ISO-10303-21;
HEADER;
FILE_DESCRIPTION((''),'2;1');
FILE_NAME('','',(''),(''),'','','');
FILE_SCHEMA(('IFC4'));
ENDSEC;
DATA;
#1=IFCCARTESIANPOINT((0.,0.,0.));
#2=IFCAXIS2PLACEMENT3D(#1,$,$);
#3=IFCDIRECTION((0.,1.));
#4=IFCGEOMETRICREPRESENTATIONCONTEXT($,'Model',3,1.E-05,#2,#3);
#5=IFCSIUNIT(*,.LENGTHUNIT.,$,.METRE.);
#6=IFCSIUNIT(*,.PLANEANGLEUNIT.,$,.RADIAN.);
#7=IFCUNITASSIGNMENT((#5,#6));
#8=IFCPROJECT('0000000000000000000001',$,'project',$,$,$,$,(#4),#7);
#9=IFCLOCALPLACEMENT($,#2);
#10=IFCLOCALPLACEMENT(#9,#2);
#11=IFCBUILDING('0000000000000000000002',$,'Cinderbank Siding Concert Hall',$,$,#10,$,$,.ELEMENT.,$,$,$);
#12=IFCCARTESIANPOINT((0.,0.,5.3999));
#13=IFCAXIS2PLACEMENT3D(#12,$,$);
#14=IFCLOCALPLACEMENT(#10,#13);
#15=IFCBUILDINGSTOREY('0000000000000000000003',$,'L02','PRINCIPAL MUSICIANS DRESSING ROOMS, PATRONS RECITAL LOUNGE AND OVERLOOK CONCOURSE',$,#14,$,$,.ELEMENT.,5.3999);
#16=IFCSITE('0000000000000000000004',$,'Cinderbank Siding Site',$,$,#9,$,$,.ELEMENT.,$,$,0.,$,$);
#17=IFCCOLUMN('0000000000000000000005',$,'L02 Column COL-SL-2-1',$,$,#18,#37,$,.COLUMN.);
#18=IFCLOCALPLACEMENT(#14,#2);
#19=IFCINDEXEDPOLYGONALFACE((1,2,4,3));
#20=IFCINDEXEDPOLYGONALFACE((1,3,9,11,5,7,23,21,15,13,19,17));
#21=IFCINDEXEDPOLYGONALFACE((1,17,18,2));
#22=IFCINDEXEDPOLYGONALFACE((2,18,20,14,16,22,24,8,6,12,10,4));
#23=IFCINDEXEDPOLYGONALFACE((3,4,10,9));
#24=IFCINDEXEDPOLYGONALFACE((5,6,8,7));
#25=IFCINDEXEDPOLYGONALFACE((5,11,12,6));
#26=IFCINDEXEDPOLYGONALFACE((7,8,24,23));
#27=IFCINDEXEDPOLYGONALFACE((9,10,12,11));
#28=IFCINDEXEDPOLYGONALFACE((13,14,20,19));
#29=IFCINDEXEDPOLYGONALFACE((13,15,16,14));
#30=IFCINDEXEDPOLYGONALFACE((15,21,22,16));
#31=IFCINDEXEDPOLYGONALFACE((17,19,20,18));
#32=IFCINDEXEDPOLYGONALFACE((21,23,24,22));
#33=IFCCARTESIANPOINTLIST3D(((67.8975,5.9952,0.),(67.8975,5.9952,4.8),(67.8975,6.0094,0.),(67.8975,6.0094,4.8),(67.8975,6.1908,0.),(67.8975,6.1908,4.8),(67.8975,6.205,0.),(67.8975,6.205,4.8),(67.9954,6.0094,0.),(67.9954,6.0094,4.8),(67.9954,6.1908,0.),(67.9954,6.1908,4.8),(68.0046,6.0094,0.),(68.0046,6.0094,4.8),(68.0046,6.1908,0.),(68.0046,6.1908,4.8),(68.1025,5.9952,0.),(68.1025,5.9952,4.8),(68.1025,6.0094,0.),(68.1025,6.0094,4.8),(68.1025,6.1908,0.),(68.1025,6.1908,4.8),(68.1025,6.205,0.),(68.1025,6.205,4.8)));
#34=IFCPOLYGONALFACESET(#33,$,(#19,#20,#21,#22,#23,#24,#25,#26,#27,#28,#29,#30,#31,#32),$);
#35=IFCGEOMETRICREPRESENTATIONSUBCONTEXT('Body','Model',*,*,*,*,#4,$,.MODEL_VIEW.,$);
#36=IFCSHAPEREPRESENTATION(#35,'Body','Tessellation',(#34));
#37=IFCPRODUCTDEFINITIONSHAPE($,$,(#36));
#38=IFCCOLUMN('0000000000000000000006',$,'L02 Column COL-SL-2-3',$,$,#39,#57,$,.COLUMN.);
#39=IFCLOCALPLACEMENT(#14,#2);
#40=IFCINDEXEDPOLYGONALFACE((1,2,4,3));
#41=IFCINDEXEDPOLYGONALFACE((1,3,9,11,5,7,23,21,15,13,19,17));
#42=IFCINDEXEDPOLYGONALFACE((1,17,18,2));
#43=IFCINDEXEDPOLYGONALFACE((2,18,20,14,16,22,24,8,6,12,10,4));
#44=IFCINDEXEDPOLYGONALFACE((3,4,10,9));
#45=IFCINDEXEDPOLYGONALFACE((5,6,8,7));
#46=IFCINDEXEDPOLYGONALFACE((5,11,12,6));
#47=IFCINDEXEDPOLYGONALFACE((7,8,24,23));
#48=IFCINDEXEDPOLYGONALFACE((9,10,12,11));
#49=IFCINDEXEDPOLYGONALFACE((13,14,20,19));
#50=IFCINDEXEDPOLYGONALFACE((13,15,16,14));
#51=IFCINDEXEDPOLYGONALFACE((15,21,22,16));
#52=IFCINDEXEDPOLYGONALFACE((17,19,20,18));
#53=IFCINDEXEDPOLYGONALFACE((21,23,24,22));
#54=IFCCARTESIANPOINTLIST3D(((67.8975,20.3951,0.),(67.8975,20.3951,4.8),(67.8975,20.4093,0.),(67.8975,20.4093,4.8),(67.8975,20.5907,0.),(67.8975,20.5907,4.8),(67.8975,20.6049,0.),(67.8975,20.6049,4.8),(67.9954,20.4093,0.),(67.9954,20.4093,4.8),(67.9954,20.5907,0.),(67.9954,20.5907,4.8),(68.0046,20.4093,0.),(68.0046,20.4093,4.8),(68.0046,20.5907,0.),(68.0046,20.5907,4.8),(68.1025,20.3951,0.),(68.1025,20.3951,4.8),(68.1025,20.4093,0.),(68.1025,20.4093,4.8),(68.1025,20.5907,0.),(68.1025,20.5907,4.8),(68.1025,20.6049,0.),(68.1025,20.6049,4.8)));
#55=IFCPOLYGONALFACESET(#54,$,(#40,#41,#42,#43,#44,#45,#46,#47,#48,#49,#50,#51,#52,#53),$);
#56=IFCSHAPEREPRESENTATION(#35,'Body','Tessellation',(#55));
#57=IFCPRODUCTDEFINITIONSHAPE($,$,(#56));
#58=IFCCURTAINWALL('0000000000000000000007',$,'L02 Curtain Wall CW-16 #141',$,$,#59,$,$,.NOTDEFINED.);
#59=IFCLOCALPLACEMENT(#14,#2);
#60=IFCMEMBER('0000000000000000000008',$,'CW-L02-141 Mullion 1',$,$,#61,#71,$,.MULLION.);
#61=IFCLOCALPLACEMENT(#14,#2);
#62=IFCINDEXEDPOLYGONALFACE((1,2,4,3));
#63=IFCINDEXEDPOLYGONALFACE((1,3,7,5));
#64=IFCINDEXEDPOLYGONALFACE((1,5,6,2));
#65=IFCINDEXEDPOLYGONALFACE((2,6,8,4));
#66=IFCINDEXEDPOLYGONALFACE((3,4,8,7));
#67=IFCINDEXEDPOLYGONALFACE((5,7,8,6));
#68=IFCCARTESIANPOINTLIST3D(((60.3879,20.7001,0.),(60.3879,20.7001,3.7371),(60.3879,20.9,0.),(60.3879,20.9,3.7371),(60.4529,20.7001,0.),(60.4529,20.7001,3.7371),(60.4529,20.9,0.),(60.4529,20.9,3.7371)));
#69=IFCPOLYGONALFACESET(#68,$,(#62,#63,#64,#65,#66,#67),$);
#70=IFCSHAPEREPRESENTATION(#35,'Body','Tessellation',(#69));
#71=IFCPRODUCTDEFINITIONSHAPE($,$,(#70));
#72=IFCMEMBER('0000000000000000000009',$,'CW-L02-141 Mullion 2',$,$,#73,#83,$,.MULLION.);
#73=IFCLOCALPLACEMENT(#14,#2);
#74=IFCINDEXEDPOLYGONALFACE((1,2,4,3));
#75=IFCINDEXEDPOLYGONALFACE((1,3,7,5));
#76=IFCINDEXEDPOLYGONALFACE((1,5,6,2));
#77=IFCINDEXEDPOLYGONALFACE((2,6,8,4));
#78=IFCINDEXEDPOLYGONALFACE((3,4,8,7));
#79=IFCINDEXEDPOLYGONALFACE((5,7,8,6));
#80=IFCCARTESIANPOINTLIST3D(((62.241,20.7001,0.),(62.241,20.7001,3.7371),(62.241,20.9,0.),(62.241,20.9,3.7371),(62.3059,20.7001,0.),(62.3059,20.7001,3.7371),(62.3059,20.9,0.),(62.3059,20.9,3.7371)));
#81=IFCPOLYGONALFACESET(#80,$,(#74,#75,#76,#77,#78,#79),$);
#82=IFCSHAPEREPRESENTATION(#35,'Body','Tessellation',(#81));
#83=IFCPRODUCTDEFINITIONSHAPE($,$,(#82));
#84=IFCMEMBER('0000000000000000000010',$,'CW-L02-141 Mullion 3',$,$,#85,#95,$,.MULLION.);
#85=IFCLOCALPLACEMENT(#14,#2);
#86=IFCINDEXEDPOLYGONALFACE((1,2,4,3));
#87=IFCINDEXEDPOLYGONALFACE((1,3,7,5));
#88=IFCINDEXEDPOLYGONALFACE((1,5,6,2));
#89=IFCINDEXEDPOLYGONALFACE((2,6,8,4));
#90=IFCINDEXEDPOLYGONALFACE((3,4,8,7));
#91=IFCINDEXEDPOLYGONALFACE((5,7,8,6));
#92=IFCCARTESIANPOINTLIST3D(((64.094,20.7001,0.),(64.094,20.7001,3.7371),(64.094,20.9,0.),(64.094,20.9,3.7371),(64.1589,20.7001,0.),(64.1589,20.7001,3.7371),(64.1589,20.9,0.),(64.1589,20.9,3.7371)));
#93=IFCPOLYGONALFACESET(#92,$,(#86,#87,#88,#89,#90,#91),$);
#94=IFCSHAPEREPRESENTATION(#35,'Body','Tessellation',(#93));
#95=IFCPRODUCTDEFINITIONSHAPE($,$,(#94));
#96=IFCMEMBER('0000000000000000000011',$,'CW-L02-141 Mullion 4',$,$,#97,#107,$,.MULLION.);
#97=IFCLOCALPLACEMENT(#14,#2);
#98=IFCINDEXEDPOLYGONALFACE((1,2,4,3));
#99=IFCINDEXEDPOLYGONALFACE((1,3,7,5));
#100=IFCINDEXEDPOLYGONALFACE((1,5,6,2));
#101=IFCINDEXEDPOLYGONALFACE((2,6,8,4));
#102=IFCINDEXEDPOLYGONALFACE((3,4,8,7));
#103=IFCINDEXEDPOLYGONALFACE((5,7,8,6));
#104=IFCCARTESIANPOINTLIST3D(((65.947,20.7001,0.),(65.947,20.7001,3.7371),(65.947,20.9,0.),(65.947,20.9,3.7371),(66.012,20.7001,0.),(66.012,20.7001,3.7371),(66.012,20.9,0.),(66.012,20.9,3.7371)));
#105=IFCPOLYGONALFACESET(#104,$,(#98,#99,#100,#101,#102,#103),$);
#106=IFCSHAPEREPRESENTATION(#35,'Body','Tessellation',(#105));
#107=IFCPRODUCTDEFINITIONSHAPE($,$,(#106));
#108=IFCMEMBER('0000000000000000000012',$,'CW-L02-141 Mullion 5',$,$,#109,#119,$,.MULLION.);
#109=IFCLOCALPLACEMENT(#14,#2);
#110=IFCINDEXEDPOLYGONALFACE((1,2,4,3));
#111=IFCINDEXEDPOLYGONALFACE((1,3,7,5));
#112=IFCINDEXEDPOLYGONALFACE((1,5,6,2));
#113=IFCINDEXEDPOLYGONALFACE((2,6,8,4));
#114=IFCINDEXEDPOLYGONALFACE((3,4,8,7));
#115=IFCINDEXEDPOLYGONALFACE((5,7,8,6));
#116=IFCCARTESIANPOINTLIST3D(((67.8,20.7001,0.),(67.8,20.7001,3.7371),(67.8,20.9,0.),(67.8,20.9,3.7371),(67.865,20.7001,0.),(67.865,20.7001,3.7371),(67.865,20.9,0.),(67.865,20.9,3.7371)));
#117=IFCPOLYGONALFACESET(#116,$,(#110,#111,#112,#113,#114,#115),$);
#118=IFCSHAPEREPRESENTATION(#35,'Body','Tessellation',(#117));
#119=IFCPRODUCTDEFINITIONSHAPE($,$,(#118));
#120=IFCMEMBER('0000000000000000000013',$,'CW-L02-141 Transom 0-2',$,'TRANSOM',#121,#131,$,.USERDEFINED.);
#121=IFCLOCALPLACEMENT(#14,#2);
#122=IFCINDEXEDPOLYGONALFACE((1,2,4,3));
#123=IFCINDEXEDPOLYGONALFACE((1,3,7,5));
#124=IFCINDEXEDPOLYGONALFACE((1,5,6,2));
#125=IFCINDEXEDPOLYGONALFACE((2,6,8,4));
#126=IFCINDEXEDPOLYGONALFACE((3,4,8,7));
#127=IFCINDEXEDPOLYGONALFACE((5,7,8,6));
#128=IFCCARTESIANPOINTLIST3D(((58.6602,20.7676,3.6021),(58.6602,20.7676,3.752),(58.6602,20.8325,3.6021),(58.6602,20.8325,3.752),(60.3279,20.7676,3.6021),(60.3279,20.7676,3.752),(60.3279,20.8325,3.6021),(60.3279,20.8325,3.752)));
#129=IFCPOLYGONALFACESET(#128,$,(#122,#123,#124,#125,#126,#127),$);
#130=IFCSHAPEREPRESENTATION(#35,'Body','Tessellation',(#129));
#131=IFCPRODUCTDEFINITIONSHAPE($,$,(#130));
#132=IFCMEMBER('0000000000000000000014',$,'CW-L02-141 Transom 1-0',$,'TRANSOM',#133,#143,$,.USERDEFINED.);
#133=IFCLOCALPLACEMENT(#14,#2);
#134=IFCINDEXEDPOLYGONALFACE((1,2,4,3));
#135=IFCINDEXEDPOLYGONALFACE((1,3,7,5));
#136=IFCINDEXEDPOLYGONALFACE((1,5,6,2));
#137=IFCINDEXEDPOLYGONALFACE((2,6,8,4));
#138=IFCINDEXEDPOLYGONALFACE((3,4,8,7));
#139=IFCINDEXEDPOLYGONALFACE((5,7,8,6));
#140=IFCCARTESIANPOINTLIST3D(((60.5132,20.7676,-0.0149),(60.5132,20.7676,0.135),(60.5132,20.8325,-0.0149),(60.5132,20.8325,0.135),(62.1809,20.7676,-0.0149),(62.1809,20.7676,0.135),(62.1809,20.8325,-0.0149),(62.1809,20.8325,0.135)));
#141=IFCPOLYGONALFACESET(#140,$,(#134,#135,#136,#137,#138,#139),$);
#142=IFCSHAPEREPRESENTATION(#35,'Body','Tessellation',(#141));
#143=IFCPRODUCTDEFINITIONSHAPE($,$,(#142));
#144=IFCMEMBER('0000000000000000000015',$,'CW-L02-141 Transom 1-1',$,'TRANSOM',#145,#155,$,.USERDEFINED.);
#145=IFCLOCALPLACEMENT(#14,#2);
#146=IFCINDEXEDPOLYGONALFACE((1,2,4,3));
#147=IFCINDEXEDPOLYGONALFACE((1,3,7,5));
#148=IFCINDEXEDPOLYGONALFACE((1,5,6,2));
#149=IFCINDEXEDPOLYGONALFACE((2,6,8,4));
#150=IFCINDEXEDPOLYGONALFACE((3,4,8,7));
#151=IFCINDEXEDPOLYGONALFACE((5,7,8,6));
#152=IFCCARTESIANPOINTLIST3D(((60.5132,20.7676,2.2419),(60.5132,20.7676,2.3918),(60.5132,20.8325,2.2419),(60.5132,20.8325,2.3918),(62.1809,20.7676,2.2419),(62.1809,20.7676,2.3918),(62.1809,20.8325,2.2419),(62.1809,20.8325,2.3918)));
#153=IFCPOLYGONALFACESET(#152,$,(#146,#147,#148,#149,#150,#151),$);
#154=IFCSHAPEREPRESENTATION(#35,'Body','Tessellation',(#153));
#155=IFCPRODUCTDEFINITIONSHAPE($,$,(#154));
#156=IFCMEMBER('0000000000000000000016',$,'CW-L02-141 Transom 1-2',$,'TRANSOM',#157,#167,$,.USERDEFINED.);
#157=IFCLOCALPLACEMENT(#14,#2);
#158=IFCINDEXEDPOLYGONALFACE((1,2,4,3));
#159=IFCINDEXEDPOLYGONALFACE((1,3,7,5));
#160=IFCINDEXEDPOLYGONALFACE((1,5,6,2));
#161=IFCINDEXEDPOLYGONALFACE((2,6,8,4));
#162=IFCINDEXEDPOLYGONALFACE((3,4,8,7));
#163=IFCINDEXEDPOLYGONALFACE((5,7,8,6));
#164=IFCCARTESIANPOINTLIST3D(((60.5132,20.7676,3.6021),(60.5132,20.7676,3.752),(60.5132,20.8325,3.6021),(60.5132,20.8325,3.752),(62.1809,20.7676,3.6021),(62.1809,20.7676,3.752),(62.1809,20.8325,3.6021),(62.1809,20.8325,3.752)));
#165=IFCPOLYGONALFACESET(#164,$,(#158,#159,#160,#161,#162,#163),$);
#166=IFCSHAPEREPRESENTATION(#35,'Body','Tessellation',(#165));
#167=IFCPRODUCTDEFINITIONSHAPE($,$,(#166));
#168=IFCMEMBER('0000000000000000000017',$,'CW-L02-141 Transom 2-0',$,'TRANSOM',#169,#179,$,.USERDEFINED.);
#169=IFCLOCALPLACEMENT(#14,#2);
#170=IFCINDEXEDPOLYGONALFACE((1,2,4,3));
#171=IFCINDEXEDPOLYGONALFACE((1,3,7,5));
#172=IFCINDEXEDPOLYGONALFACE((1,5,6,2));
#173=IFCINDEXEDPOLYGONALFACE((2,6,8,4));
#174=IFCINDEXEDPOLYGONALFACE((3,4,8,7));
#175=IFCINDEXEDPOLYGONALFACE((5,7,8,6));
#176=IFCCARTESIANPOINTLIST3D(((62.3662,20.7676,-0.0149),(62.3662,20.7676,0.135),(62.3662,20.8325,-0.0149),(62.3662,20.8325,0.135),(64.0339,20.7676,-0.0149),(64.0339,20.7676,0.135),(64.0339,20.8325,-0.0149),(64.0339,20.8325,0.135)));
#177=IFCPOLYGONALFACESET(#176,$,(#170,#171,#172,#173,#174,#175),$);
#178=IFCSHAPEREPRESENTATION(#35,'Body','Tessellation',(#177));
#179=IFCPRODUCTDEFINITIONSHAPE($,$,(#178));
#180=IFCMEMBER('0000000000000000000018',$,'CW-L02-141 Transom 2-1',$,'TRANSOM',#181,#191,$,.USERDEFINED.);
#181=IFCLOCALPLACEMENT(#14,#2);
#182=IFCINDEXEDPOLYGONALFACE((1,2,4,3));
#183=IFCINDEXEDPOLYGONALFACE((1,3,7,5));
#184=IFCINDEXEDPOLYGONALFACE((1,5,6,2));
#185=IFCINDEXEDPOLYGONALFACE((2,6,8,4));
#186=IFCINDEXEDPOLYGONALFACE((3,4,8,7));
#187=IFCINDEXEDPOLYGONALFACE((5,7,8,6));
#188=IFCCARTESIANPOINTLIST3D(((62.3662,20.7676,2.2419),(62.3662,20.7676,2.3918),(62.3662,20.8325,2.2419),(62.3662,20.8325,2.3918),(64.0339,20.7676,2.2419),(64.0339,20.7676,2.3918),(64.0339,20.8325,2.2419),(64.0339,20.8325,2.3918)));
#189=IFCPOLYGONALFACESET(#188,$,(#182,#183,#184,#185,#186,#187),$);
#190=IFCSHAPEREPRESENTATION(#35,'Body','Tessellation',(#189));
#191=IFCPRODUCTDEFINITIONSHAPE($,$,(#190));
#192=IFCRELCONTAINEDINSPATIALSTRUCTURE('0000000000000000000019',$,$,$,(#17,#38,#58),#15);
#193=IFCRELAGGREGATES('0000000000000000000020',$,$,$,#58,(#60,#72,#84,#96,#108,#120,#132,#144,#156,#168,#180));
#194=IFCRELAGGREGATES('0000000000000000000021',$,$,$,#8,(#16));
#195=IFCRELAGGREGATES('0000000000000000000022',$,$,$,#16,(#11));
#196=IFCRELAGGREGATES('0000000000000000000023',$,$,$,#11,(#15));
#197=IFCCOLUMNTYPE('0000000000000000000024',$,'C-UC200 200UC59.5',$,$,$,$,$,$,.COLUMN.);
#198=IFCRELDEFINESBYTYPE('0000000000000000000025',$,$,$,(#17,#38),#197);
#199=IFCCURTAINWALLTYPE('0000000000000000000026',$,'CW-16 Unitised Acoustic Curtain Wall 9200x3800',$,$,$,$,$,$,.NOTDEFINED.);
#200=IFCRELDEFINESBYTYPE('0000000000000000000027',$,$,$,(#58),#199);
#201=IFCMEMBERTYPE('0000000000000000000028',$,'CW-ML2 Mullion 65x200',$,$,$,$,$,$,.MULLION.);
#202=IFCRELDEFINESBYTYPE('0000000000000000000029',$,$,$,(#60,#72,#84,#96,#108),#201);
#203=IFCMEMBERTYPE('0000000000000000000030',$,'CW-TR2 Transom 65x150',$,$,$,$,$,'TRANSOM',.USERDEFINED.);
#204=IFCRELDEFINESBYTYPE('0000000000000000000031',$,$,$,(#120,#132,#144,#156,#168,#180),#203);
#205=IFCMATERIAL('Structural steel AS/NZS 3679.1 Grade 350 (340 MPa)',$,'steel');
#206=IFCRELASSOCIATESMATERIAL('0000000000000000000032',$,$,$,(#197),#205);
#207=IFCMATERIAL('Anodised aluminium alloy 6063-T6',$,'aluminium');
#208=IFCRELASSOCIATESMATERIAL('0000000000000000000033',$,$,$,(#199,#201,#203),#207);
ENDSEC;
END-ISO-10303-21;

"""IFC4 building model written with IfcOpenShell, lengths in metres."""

from ifc_helpers import new_model, si_unit, direction, frame, origin, origin_2d, place, context, subcontext, project, spatial, rectangle, i_section, extrude, material, material_profile, profile_set, type_object, element, aggregate, save


model = new_model("IFC4")

# Units and contexts
model_context = context("Model", 3, precision=1e-05, world=origin(), true_north=direction((0.0, 1.0)))
body_context = subcontext(model_context, "Body", "Model", "MODEL_VIEW")
ifc_project = project(units=[si_unit("LENGTHUNIT", "METRE"), si_unit("PLANEANGLEUNIT", "RADIAN")], contexts=[model_context])

# Site, building, storey
site_placement = place(None, origin())
site = spatial("IfcSite", under=ifc_project, at=site_placement, Name="Cinderbank Siding Site", CompositionType="ELEMENT", RefElevation=0.0)
building_placement = place(site_placement, origin())
building = spatial("IfcBuilding", under=site, at=building_placement, Name="Cinderbank Siding Concert Hall", CompositionType="ELEMENT")
storey_placement = place(building_placement, frame((0.0, 0.0, 5.3999)))
storey = spatial("IfcBuildingStorey", under=building, at=storey_placement, Name="L02", Description="PRINCIPAL MUSICIANS DRESSING ROOMS, PATRONS RECITAL LOUNGE AND OVERLOOK CONCOURSE", CompositionType="ELEMENT", Elevation=5.3999)

# Columns
ifc_material_1 = material(Name="Structural steel AS/NZS 3679.1 Grade 350 (340 MPa)", Category="steel")
ifc_material_profile_1 = material_profile(ifc_material_1, i_section(OverallWidth=0.2051, OverallDepth=0.2097, WebThickness=0.0093, FlangeThickness=0.0142, at=origin_2d()), Name="200UC59.5", Category="LoadBearing")
ifc_profile_set_1 = profile_set([ifc_material_profile_1], Name="Structural steel AS/NZS 3679.1 Grade 350 (340 MPa)")
column_type = type_object("IfcColumnType", Name="C-UC200 200UC59.5", PredefinedType="COLUMN", material=ifc_profile_set_1)
for number, where, z_axis, x_axis, name in (
    (1, (68.0, 6.1001, 0.0), (0.0, 0.0, 1.0), (1.0, 0.0, 0.0), "L02 Column COL-SL-2-1"),
    (2, (68.0, 20.5, 0.0), (0.0, 0.0, 1.0), (1.0, 0.0, 0.0), "L02 Column COL-SL-2-3"),
):
    element("IfcColumn", number, at=place(storey_placement, frame(where, z_axis=z_axis, x_axis=x_axis)), inside=storey, type_object=column_type, Name=name, PredefinedType="COLUMN", context=body_context, shape_type="SweptSolid", body=[
        extrude(i_section(OverallWidth=0.2051, OverallDepth=0.2097, WebThickness=0.0093, FlangeThickness=0.0142, at=origin_2d()), origin(), (0.0, 0.0, 1.0), 4.8),
    ])

# Curtain wall, members
ifc_material_2 = material(Name="Anodised aluminium alloy 6063-T6", Category="aluminium")
curtain_wall_type = type_object("IfcCurtainWallType", Name="CW-16 Unitised Acoustic Curtain Wall 9200x3800", PredefinedType="NOTDEFINED", material=ifc_material_2)
curtain_wall_placement = place(storey_placement, origin())
curtain_wall = element("IfcCurtainWall", 3, at=curtain_wall_placement, inside=storey, type_object=curtain_wall_type, Name="L02 Curtain Wall CW-16 #141", PredefinedType="NOTDEFINED")
ifc_material_profile_2 = material_profile(ifc_material_2, rectangle(XDim=0.0649, YDim=0.2, at=origin_2d()), Name="ALU-MULL-65x200", Category="LoadBearing")
ifc_profile_set_2 = profile_set([ifc_material_profile_2], Name="Anodised aluminium alloy 6063-T6")
member_type_1 = type_object("IfcMemberType", Name="CW-ML2 Mullion 65x200", PredefinedType="MULLION", material=ifc_profile_set_2)
member_1_placement = place(storey_placement, frame((60.4204, 20.8, 0.0), z_axis=(0.0, 0.0, 1.0), x_axis=(1.0, 0.0, 0.0)))
member_1 = element("IfcMember", 4, at=member_1_placement, type_object=member_type_1, Name="CW-L02-141 Mullion 1", PredefinedType="MULLION", context=body_context, shape_type="SweptSolid", body=[
    extrude(rectangle(XDim=0.0649, YDim=0.2, at=origin_2d()), origin(), (0.0, 0.0, 1.0), 3.7371),
])
member_2_placement = place(storey_placement, frame((62.2734, 20.8, 0.0), z_axis=(0.0, 0.0, 1.0), x_axis=(1.0, 0.0, 0.0)))
member_2 = element("IfcMember", 5, at=member_2_placement, type_object=member_type_1, Name="CW-L02-141 Mullion 2", PredefinedType="MULLION", context=body_context, shape_type="SweptSolid", body=[
    extrude(rectangle(XDim=0.0649, YDim=0.2, at=origin_2d()), origin(), (0.0, 0.0, 1.0), 3.7371),
])
member_3_placement = place(storey_placement, frame((64.1265, 20.8, 0.0), z_axis=(0.0, 0.0, 1.0), x_axis=(1.0, 0.0, 0.0)))
member_3 = element("IfcMember", 6, at=member_3_placement, type_object=member_type_1, Name="CW-L02-141 Mullion 3", PredefinedType="MULLION", context=body_context, shape_type="SweptSolid", body=[
    extrude(rectangle(XDim=0.0649, YDim=0.2, at=origin_2d()), origin(), (0.0, 0.0, 1.0), 3.7371),
])
member_4_placement = place(storey_placement, frame((65.9795, 20.8, 0.0), z_axis=(0.0, 0.0, 1.0), x_axis=(1.0, 0.0, 0.0)))
member_4 = element("IfcMember", 7, at=member_4_placement, type_object=member_type_1, Name="CW-L02-141 Mullion 4", PredefinedType="MULLION", context=body_context, shape_type="SweptSolid", body=[
    extrude(rectangle(XDim=0.0649, YDim=0.2, at=origin_2d()), origin(), (0.0, 0.0, 1.0), 3.7371),
])
member_5_placement = place(storey_placement, frame((67.8325, 20.8, 0.0), z_axis=(0.0, 0.0, 1.0), x_axis=(1.0, 0.0, 0.0)))
member_5 = element("IfcMember", 8, at=member_5_placement, type_object=member_type_1, Name="CW-L02-141 Mullion 5", PredefinedType="MULLION", context=body_context, shape_type="SweptSolid", body=[
    extrude(rectangle(XDim=0.0649, YDim=0.2, at=origin_2d()), origin(), (0.0, 0.0, 1.0), 3.7371),
])
ifc_material_profile_3 = material_profile(ifc_material_2, rectangle(XDim=0.0649, YDim=0.1499, at=origin_2d()), Name="ALU-TRAN-65x150", Category="LoadBearing")
ifc_profile_set_3 = profile_set([ifc_material_profile_3], Name="Anodised aluminium alloy 6063-T6")
member_type_2 = type_object("IfcMemberType", Name="CW-TR2 Transom 65x150", ElementType="TRANSOM", PredefinedType="USERDEFINED", material=ifc_profile_set_3)
member_6_placement = place(storey_placement, frame((58.6602, 20.8, 3.677), z_axis=(1.0, 0.0, 0.0), x_axis=(0.0, 1.0, 0.0)))
member_6 = element("IfcMember", 9, at=member_6_placement, type_object=member_type_2, Name="CW-L02-141 Transom 0-2", ObjectType="TRANSOM", PredefinedType="USERDEFINED", context=body_context, shape_type="SweptSolid", body=[
    extrude(rectangle(XDim=0.0649, YDim=0.1499, at=origin_2d()), origin(), (0.0, 0.0, 1.0), 1.6677),
])
member_7_placement = place(storey_placement, frame((60.5132, 20.8, 0.0601), z_axis=(1.0, 0.0, 0.0), x_axis=(0.0, 1.0, 0.0)))
member_7 = element("IfcMember", 10, at=member_7_placement, type_object=member_type_2, Name="CW-L02-141 Transom 1-0", ObjectType="TRANSOM", PredefinedType="USERDEFINED", context=body_context, shape_type="SweptSolid", body=[
    extrude(rectangle(XDim=0.0649, YDim=0.1499, at=origin_2d()), origin(), (0.0, 0.0, 1.0), 1.6677),
])
member_8_placement = place(storey_placement, frame((60.5132, 20.8, 2.3169), z_axis=(1.0, 0.0, 0.0), x_axis=(0.0, 1.0, 0.0)))
member_8 = element("IfcMember", 11, at=member_8_placement, type_object=member_type_2, Name="CW-L02-141 Transom 1-1", ObjectType="TRANSOM", PredefinedType="USERDEFINED", context=body_context, shape_type="SweptSolid", body=[
    extrude(rectangle(XDim=0.0649, YDim=0.1499, at=origin_2d()), origin(), (0.0, 0.0, 1.0), 1.6677),
])
member_9_placement = place(storey_placement, frame((60.5132, 20.8, 3.677), z_axis=(1.0, 0.0, 0.0), x_axis=(0.0, 1.0, 0.0)))
member_9 = element("IfcMember", 12, at=member_9_placement, type_object=member_type_2, Name="CW-L02-141 Transom 1-2", ObjectType="TRANSOM", PredefinedType="USERDEFINED", context=body_context, shape_type="SweptSolid", body=[
    extrude(rectangle(XDim=0.0649, YDim=0.1499, at=origin_2d()), origin(), (0.0, 0.0, 1.0), 1.6677),
])
member_10_placement = place(storey_placement, frame((62.3662, 20.8, 0.0601), z_axis=(1.0, 0.0, 0.0), x_axis=(0.0, 1.0, 0.0)))
member_10 = element("IfcMember", 13, at=member_10_placement, type_object=member_type_2, Name="CW-L02-141 Transom 2-0", ObjectType="TRANSOM", PredefinedType="USERDEFINED", context=body_context, shape_type="SweptSolid", body=[
    extrude(rectangle(XDim=0.0649, YDim=0.1499, at=origin_2d()), origin(), (0.0, 0.0, 1.0), 1.6677),
])
member_11_placement = place(storey_placement, frame((62.3662, 20.8, 2.3169), z_axis=(1.0, 0.0, 0.0), x_axis=(0.0, 1.0, 0.0)))
member_11 = element("IfcMember", 14, at=member_11_placement, type_object=member_type_2, Name="CW-L02-141 Transom 2-1", ObjectType="TRANSOM", PredefinedType="USERDEFINED", context=body_context, shape_type="SweptSolid", body=[
    extrude(rectangle(XDim=0.0649, YDim=0.1499, at=origin_2d()), origin(), (0.0, 0.0, 1.0), 1.6677),
])
aggregate(curtain_wall, [member_1, member_2, member_3, member_4, member_5, member_6, member_7, member_8, member_9, member_10, member_11])

save(model, "model.ifc")
